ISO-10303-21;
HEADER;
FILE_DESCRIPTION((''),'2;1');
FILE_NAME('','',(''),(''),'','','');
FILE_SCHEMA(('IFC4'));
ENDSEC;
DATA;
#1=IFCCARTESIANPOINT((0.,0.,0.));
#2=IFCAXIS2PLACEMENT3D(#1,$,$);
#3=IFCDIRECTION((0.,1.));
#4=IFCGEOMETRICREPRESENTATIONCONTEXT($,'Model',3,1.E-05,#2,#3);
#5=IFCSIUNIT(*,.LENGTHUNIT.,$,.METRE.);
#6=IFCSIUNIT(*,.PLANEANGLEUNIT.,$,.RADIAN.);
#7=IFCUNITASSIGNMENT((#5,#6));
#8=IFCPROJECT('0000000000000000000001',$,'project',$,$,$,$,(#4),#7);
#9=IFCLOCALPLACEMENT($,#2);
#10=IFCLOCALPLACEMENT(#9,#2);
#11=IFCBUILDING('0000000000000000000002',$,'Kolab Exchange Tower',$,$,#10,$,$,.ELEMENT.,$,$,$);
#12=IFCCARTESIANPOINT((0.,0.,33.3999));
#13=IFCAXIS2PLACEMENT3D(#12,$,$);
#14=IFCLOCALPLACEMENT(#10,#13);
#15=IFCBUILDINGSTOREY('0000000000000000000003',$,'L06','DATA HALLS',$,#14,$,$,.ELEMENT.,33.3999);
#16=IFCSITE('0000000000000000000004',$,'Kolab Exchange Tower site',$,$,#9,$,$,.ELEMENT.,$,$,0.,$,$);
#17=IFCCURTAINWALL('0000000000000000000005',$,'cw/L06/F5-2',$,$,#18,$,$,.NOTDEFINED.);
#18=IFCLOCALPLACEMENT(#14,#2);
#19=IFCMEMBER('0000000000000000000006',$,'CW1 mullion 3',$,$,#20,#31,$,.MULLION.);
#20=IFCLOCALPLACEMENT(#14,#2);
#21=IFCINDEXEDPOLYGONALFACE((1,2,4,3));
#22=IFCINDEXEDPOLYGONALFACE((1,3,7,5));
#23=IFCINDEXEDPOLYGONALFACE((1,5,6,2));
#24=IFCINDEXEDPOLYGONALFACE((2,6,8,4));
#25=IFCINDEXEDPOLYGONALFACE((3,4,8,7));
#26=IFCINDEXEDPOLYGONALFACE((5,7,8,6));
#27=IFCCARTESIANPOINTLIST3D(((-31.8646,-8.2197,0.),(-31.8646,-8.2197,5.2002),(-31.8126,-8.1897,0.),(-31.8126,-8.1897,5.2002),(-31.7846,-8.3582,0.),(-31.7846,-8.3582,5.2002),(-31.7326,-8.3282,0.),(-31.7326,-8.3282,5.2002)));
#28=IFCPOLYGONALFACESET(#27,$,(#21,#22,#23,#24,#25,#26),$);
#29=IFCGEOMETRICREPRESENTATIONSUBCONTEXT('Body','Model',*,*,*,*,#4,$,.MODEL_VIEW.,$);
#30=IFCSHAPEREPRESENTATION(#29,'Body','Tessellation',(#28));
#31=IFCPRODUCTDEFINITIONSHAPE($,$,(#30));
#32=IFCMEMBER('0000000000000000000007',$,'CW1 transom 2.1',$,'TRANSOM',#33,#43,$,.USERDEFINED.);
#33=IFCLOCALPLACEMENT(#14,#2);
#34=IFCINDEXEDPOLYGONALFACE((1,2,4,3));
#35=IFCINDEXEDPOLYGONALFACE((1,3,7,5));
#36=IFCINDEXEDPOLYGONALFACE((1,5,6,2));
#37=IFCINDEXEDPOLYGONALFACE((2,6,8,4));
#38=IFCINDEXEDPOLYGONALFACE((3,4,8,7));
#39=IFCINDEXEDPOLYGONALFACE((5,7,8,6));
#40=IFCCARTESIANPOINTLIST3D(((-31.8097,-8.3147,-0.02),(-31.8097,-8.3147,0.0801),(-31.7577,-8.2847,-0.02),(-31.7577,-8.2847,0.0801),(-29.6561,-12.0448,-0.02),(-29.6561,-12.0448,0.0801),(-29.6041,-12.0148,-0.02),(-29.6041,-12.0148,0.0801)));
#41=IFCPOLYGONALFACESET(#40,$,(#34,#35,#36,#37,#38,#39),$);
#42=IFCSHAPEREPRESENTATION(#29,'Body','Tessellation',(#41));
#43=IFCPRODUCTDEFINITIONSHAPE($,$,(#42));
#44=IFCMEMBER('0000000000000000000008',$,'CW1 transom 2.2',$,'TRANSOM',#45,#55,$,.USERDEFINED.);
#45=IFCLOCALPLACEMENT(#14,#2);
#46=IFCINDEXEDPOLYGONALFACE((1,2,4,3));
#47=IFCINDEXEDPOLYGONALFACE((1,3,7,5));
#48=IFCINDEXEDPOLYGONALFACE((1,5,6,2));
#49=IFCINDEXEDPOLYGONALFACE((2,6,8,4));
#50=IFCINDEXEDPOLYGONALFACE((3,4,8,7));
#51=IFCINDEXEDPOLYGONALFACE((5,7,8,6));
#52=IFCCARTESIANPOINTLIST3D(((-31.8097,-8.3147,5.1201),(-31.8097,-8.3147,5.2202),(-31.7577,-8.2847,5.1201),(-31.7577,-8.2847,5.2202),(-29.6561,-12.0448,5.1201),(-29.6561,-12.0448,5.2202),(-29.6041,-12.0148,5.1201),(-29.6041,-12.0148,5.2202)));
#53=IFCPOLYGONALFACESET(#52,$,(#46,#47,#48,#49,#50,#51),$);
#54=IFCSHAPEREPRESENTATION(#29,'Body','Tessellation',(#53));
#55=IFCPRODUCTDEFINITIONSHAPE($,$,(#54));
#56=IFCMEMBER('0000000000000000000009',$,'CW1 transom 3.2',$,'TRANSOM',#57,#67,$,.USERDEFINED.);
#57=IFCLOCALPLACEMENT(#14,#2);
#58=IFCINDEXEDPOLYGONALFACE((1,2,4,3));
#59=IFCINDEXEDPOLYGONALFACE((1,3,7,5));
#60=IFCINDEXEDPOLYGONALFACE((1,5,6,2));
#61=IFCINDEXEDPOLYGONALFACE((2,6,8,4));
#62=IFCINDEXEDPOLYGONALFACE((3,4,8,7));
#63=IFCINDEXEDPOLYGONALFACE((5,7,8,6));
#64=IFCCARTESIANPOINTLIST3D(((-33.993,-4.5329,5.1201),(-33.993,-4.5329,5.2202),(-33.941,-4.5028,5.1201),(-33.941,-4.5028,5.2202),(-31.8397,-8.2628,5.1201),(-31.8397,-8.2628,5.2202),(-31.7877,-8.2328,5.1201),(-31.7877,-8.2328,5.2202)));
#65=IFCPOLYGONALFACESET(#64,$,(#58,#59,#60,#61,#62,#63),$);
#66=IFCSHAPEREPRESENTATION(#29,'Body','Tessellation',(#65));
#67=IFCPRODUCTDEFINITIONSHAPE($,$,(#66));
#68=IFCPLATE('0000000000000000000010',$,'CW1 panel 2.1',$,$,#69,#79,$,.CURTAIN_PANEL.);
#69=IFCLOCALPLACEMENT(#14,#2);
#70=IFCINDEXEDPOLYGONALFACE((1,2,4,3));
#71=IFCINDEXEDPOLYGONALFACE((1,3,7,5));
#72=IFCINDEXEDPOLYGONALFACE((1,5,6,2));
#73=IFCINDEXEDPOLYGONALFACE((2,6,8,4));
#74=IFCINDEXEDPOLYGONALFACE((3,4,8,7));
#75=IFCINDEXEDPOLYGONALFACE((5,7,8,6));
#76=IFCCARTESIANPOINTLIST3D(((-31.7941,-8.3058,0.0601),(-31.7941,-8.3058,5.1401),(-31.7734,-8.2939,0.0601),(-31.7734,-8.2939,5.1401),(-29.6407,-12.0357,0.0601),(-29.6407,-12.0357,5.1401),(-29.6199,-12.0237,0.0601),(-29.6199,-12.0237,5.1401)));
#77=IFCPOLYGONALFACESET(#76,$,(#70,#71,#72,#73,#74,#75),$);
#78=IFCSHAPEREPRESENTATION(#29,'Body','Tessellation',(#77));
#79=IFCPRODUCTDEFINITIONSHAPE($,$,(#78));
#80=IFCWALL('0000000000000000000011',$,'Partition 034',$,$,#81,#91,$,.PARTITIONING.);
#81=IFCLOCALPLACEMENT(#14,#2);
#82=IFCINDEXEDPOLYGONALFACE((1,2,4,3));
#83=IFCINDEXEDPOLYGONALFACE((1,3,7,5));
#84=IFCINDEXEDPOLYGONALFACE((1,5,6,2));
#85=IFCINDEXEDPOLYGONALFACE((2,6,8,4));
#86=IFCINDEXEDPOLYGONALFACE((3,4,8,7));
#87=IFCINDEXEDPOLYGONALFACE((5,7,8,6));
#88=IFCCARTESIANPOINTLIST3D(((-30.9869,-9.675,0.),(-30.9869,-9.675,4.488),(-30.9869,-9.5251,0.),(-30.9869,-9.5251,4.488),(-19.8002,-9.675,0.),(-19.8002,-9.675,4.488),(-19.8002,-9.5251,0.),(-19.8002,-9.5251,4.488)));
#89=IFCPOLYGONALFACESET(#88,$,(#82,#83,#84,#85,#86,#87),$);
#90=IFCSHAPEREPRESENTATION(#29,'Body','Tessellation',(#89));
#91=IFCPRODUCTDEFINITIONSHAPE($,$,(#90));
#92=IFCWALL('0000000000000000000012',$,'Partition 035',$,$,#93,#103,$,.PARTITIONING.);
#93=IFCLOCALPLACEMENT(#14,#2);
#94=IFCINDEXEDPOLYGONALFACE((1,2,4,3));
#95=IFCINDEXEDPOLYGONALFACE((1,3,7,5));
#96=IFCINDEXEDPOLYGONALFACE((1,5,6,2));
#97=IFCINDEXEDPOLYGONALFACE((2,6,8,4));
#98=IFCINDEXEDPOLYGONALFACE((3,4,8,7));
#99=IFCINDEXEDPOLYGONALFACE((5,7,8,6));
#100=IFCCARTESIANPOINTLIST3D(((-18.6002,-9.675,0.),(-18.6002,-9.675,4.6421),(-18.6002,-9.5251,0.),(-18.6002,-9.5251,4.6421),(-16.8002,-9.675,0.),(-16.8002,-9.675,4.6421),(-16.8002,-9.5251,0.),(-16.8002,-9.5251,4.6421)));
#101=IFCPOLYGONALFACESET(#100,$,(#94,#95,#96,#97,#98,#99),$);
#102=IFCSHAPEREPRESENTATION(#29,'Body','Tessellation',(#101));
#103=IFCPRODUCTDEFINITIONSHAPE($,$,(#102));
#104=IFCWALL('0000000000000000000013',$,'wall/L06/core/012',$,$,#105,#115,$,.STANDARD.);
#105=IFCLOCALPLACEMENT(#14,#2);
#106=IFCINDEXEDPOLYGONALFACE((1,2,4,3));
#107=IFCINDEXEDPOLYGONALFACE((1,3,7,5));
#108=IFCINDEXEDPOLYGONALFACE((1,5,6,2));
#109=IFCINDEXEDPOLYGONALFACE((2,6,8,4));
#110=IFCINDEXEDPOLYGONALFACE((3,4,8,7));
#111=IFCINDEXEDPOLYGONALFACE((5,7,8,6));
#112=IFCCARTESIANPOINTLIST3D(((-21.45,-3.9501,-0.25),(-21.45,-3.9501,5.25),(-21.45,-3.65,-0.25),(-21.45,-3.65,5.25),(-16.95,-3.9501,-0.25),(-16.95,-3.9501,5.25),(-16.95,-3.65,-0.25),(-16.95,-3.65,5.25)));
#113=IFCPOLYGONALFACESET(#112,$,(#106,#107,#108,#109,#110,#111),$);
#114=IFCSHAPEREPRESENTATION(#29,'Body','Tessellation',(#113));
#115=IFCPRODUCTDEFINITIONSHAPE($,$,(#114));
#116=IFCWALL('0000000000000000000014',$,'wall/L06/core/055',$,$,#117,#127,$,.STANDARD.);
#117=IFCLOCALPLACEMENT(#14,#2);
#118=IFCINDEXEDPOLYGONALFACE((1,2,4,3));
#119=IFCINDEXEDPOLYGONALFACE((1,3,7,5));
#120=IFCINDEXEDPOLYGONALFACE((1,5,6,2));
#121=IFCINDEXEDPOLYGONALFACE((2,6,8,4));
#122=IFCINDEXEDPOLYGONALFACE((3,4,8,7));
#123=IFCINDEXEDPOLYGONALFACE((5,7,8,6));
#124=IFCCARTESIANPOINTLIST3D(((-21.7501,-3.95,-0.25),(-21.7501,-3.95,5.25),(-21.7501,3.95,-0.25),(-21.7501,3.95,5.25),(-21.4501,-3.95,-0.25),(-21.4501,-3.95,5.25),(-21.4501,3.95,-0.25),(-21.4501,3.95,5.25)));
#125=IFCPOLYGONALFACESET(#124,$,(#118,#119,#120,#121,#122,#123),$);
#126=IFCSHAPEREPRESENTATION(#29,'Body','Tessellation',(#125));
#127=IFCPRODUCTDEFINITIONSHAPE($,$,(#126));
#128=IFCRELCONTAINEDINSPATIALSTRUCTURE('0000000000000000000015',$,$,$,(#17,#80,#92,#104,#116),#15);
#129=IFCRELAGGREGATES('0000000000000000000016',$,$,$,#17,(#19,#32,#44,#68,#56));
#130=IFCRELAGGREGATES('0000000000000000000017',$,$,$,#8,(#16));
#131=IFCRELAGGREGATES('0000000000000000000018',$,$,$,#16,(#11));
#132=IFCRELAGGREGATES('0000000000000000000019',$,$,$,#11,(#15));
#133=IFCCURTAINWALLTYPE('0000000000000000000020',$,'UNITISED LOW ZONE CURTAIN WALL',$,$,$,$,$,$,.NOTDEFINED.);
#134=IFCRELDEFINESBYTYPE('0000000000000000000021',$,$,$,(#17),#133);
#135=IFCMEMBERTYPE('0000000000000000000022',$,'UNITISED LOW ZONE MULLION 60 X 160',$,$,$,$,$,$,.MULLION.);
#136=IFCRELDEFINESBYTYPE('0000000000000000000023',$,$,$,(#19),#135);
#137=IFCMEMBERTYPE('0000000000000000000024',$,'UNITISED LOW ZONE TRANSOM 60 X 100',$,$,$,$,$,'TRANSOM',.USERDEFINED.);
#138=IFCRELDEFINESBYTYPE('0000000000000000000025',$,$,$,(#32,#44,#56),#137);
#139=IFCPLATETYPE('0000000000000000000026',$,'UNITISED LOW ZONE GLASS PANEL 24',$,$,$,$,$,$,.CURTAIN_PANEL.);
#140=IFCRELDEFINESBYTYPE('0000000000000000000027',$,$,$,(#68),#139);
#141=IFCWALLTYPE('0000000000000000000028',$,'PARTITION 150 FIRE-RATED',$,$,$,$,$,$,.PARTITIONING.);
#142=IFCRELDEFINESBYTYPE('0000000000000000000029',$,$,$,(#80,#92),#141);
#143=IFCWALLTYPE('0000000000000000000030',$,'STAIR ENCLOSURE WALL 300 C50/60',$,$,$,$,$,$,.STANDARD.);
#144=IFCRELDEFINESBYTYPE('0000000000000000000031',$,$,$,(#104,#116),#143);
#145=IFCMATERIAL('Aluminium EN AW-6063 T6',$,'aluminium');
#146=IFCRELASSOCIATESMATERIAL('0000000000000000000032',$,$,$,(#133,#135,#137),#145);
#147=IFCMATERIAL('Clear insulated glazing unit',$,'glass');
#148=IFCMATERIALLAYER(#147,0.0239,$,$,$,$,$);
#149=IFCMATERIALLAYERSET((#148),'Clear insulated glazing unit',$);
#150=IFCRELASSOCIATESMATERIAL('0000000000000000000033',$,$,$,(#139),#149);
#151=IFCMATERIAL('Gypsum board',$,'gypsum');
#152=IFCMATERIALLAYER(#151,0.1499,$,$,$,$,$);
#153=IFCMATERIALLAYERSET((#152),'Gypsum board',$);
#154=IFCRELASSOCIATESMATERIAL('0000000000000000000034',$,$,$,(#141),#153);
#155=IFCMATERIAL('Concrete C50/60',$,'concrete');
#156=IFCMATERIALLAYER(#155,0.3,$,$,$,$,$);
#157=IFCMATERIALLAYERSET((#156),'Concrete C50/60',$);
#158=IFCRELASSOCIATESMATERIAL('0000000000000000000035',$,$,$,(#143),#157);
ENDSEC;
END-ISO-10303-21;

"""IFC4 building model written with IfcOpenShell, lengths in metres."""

from ifc_helpers import new_model, si_unit, direction, frame, frame_2d, origin, origin_2d, place, context, subcontext, project, spatial, rectangle, extrude, material, layer, layer_set, material_profile, profile_set, type_object, element, aggregate, save


model = new_model("IFC4")

# Units and contexts
model_context = context("Model", 3, precision=1e-05, world=origin(), true_north=direction((0.0, 1.0)))
body_context = subcontext(model_context, "Body", "Model", "MODEL_VIEW")
ifc_project = project(units=[si_unit("LENGTHUNIT", "METRE"), si_unit("PLANEANGLEUNIT", "RADIAN")], contexts=[model_context])

# Site, building, storey
site_placement = place(None, origin())
site = spatial("IfcSite", under=ifc_project, at=site_placement, Name="Kolab Exchange Tower site", CompositionType="ELEMENT", RefElevation=0.0)
building_placement = place(site_placement, origin())
building = spatial("IfcBuilding", under=site, at=building_placement, Name="Kolab Exchange Tower", CompositionType="ELEMENT")
storey_placement = place(building_placement, frame((0.0, 0.0, 33.3999)))
storey = spatial("IfcBuildingStorey", under=building, at=storey_placement, Name="L06", Description="DATA HALLS", CompositionType="ELEMENT", Elevation=33.3999)

# Curtain wall, members, plate
ifc_material_1 = material(Name="Aluminium EN AW-6063 T6", Category="aluminium")
curtain_wall_type = type_object("IfcCurtainWallType", Name="UNITISED LOW ZONE CURTAIN WALL", PredefinedType="NOTDEFINED", material=ifc_material_1)
curtain_wall_placement = place(storey_placement, origin())
curtain_wall = element("IfcCurtainWall", 1, at=curtain_wall_placement, inside=storey, type_object=curtain_wall_type, Name="cw/L06/F5-2", PredefinedType="NOTDEFINED")
ifc_material_profile_1 = material_profile(ifc_material_1, rectangle(XDim=0.0601, YDim=0.1599, at=origin_2d()), Name="RECT 60X160")
ifc_profile_set_1 = profile_set([ifc_material_profile_1], Name="Aluminium EN AW-6063 T6")
member_type_1 = type_object("IfcMemberType", Name="UNITISED LOW ZONE MULLION 60 X 160", PredefinedType="MULLION", material=ifc_profile_set_1)
member_1_placement = place(storey_placement, frame((-31.7986, -8.2739, 0.0), z_axis=(0.0, 0.0, 1.0), x_axis=(-0.866025, -0.5, 0.0)))
member_1 = element("IfcMember", 2, at=member_1_placement, type_object=member_type_1, Name="CW1 mullion 3", PredefinedType="MULLION", context=body_context, shape_type="SweptSolid", body=[
    extrude(rectangle(XDim=0.0601, YDim=0.1599, at=origin_2d()), origin(), (0.0, 0.0, 1.0), 5.2002),
])
ifc_material_profile_2 = material_profile(ifc_material_1, rectangle(XDim=0.0601, YDim=0.1001, at=origin_2d()), Name="RECT 60X100")
ifc_profile_set_2 = profile_set([ifc_material_profile_2], Name="Aluminium EN AW-6063 T6")
member_type_2 = type_object("IfcMemberType", Name="UNITISED LOW ZONE TRANSOM 60 X 100", ElementType="TRANSOM", PredefinedType="USERDEFINED", material=ifc_profile_set_2)
member_2_placement = place(storey_placement, frame((-29.6301, -12.0298, 0.03), z_axis=(-0.50001, 0.866019, 0.0), x_axis=(-0.866019, -0.50001, 0.0)))
member_2 = element("IfcMember", 3, at=member_2_placement, type_object=member_type_2, Name="CW1 transom 2.1", ObjectType="TRANSOM", PredefinedType="USERDEFINED", context=body_context, shape_type="SweptSolid", body=[
    extrude(rectangle(XDim=0.0601, YDim=0.1001, at=origin_2d()), origin(), (0.0, 0.0, 1.0), 4.3071),
])
member_3_placement = place(storey_placement, frame((-29.6301, -12.0298, 5.1702), z_axis=(-0.50001, 0.866019, 0.0), x_axis=(-0.866019, -0.50001, 0.0)))
member_3 = element("IfcMember", 4, at=member_3_placement, type_object=member_type_2, Name="CW1 transom 2.2", ObjectType="TRANSOM", PredefinedType="USERDEFINED", context=body_context, shape_type="SweptSolid", body=[
    extrude(rectangle(XDim=0.0601, YDim=0.1001, at=origin_2d()), origin(), (0.0, 0.0, 1.0), 4.3071),
])
member_4_placement = place(storey_placement, frame((-31.8137, -8.2478, 5.1702), z_axis=(-0.499968, 0.866044, 0.0), x_axis=(-0.866044, -0.499968, 0.0)))
member_4 = element("IfcMember", 5, at=member_4_placement, type_object=member_type_2, Name="CW1 transom 3.2", ObjectType="TRANSOM", PredefinedType="USERDEFINED", context=body_context, shape_type="SweptSolid", body=[
    extrude(rectangle(XDim=0.0601, YDim=0.1001, at=origin_2d()), origin(), (0.0, 0.0, 1.0), 4.3069),
])
ifc_material_2 = material(Name="Clear insulated glazing unit", Category="glass")
ifc_layer_1 = layer(ifc_material_2, 0.0239)
ifc_layer_set_1 = layer_set([ifc_layer_1], Name="Clear insulated glazing unit")
plate_type = type_object("IfcPlateType", Name="UNITISED LOW ZONE GLASS PANEL 24", PredefinedType="CURTAIN_PANEL", material=ifc_layer_set_1)
plate_placement = place(storey_placement, frame((-30.707, -10.1648, 0.0601), z_axis=(0.0, 0.0, 1.0), x_axis=(-0.5, 0.866025, 0.0)))
plate = element("IfcPlate", 6, at=plate_placement, type_object=plate_type, Name="CW1 panel 2.1", PredefinedType="CURTAIN_PANEL", context=body_context, shape_type="SweptSolid", body=[
    extrude(rectangle(XDim=4.3069, YDim=0.0239, at=origin_2d()), origin(), (0.0, 0.0, 1.0), 5.0801),
])
aggregate(curtain_wall, [member_1, member_2, member_3, plate, member_4])

# Walls
ifc_material_3 = material(Name="Gypsum board", Category="gypsum")
ifc_layer_2 = layer(ifc_material_3, 0.1499)
ifc_layer_set_2 = layer_set([ifc_layer_2], Name="Gypsum board")
wall_type_1 = type_object("IfcWallType", Name="PARTITION 150 FIRE-RATED", PredefinedType="PARTITIONING", material=ifc_layer_set_2)
wall_1_placement = place(storey_placement, frame((-30.9868, -9.6001, 0.0), z_axis=(0.0, 0.0, 1.0), x_axis=(1.0, 0.0, 0.0)))
element("IfcWall", 7, at=wall_1_placement, inside=storey, type_object=wall_type_1, Name="Partition 034", PredefinedType="PARTITIONING", context=body_context, shape_type="SweptSolid", body=[
    extrude(rectangle(XDim=11.1868, YDim=0.1499, at=frame_2d((5.5933, 0.0))), origin(), (0.0, 0.0, 1.0), 4.488),
])
wall_2_placement = place(storey_placement, frame((-18.6001, -9.6001, 0.0), z_axis=(0.0, 0.0, 1.0), x_axis=(1.0, 0.0, 0.0)))
element("IfcWall", 8, at=wall_2_placement, inside=storey, type_object=wall_type_1, Name="Partition 035", PredefinedType="PARTITIONING", context=body_context, shape_type="SweptSolid", body=[
    extrude(rectangle(XDim=1.8, YDim=0.1499, at=frame_2d((0.8999, 0.0))), origin(), (0.0, 0.0, 1.0), 4.6421),
])
ifc_material_4 = material(Name="Concrete C50/60", Category="concrete")
ifc_layer_3 = layer(ifc_material_4, 0.3)
ifc_layer_set_3 = layer_set([ifc_layer_3], Name="Concrete C50/60")
wall_type_2 = type_object("IfcWallType", Name="STAIR ENCLOSURE WALL 300 C50/60", PredefinedType="STANDARD", material=ifc_layer_set_3)
wall_3_placement = place(storey_placement, frame((-21.45, -3.8, -0.25), z_axis=(0.0, 0.0, 1.0), x_axis=(1.0, 0.0, 0.0)))
element("IfcWall", 9, at=wall_3_placement, inside=storey, type_object=wall_type_2, Name="wall/L06/core/012", PredefinedType="STANDARD", context=body_context, shape_type="SweptSolid", body=[
    extrude(rectangle(XDim=4.5, YDim=0.3, at=frame_2d((2.25, 0.0))), origin(), (0.0, 0.0, 1.0), 5.5),
])
wall_4_placement = place(storey_placement, frame((-21.6001, -3.95, -0.25), z_axis=(0.0, 0.0, 1.0), x_axis=(0.0, 1.0, 0.0)))
element("IfcWall", 10, at=wall_4_placement, inside=storey, type_object=wall_type_2, Name="wall/L06/core/055", PredefinedType="STANDARD", context=body_context, shape_type="SweptSolid", body=[
    extrude(rectangle(XDim=7.8999, YDim=0.3, at=frame_2d((3.95, 0.0))), origin(), (0.0, 0.0, 1.0), 5.5),
])

save(model, "model.ifc")
